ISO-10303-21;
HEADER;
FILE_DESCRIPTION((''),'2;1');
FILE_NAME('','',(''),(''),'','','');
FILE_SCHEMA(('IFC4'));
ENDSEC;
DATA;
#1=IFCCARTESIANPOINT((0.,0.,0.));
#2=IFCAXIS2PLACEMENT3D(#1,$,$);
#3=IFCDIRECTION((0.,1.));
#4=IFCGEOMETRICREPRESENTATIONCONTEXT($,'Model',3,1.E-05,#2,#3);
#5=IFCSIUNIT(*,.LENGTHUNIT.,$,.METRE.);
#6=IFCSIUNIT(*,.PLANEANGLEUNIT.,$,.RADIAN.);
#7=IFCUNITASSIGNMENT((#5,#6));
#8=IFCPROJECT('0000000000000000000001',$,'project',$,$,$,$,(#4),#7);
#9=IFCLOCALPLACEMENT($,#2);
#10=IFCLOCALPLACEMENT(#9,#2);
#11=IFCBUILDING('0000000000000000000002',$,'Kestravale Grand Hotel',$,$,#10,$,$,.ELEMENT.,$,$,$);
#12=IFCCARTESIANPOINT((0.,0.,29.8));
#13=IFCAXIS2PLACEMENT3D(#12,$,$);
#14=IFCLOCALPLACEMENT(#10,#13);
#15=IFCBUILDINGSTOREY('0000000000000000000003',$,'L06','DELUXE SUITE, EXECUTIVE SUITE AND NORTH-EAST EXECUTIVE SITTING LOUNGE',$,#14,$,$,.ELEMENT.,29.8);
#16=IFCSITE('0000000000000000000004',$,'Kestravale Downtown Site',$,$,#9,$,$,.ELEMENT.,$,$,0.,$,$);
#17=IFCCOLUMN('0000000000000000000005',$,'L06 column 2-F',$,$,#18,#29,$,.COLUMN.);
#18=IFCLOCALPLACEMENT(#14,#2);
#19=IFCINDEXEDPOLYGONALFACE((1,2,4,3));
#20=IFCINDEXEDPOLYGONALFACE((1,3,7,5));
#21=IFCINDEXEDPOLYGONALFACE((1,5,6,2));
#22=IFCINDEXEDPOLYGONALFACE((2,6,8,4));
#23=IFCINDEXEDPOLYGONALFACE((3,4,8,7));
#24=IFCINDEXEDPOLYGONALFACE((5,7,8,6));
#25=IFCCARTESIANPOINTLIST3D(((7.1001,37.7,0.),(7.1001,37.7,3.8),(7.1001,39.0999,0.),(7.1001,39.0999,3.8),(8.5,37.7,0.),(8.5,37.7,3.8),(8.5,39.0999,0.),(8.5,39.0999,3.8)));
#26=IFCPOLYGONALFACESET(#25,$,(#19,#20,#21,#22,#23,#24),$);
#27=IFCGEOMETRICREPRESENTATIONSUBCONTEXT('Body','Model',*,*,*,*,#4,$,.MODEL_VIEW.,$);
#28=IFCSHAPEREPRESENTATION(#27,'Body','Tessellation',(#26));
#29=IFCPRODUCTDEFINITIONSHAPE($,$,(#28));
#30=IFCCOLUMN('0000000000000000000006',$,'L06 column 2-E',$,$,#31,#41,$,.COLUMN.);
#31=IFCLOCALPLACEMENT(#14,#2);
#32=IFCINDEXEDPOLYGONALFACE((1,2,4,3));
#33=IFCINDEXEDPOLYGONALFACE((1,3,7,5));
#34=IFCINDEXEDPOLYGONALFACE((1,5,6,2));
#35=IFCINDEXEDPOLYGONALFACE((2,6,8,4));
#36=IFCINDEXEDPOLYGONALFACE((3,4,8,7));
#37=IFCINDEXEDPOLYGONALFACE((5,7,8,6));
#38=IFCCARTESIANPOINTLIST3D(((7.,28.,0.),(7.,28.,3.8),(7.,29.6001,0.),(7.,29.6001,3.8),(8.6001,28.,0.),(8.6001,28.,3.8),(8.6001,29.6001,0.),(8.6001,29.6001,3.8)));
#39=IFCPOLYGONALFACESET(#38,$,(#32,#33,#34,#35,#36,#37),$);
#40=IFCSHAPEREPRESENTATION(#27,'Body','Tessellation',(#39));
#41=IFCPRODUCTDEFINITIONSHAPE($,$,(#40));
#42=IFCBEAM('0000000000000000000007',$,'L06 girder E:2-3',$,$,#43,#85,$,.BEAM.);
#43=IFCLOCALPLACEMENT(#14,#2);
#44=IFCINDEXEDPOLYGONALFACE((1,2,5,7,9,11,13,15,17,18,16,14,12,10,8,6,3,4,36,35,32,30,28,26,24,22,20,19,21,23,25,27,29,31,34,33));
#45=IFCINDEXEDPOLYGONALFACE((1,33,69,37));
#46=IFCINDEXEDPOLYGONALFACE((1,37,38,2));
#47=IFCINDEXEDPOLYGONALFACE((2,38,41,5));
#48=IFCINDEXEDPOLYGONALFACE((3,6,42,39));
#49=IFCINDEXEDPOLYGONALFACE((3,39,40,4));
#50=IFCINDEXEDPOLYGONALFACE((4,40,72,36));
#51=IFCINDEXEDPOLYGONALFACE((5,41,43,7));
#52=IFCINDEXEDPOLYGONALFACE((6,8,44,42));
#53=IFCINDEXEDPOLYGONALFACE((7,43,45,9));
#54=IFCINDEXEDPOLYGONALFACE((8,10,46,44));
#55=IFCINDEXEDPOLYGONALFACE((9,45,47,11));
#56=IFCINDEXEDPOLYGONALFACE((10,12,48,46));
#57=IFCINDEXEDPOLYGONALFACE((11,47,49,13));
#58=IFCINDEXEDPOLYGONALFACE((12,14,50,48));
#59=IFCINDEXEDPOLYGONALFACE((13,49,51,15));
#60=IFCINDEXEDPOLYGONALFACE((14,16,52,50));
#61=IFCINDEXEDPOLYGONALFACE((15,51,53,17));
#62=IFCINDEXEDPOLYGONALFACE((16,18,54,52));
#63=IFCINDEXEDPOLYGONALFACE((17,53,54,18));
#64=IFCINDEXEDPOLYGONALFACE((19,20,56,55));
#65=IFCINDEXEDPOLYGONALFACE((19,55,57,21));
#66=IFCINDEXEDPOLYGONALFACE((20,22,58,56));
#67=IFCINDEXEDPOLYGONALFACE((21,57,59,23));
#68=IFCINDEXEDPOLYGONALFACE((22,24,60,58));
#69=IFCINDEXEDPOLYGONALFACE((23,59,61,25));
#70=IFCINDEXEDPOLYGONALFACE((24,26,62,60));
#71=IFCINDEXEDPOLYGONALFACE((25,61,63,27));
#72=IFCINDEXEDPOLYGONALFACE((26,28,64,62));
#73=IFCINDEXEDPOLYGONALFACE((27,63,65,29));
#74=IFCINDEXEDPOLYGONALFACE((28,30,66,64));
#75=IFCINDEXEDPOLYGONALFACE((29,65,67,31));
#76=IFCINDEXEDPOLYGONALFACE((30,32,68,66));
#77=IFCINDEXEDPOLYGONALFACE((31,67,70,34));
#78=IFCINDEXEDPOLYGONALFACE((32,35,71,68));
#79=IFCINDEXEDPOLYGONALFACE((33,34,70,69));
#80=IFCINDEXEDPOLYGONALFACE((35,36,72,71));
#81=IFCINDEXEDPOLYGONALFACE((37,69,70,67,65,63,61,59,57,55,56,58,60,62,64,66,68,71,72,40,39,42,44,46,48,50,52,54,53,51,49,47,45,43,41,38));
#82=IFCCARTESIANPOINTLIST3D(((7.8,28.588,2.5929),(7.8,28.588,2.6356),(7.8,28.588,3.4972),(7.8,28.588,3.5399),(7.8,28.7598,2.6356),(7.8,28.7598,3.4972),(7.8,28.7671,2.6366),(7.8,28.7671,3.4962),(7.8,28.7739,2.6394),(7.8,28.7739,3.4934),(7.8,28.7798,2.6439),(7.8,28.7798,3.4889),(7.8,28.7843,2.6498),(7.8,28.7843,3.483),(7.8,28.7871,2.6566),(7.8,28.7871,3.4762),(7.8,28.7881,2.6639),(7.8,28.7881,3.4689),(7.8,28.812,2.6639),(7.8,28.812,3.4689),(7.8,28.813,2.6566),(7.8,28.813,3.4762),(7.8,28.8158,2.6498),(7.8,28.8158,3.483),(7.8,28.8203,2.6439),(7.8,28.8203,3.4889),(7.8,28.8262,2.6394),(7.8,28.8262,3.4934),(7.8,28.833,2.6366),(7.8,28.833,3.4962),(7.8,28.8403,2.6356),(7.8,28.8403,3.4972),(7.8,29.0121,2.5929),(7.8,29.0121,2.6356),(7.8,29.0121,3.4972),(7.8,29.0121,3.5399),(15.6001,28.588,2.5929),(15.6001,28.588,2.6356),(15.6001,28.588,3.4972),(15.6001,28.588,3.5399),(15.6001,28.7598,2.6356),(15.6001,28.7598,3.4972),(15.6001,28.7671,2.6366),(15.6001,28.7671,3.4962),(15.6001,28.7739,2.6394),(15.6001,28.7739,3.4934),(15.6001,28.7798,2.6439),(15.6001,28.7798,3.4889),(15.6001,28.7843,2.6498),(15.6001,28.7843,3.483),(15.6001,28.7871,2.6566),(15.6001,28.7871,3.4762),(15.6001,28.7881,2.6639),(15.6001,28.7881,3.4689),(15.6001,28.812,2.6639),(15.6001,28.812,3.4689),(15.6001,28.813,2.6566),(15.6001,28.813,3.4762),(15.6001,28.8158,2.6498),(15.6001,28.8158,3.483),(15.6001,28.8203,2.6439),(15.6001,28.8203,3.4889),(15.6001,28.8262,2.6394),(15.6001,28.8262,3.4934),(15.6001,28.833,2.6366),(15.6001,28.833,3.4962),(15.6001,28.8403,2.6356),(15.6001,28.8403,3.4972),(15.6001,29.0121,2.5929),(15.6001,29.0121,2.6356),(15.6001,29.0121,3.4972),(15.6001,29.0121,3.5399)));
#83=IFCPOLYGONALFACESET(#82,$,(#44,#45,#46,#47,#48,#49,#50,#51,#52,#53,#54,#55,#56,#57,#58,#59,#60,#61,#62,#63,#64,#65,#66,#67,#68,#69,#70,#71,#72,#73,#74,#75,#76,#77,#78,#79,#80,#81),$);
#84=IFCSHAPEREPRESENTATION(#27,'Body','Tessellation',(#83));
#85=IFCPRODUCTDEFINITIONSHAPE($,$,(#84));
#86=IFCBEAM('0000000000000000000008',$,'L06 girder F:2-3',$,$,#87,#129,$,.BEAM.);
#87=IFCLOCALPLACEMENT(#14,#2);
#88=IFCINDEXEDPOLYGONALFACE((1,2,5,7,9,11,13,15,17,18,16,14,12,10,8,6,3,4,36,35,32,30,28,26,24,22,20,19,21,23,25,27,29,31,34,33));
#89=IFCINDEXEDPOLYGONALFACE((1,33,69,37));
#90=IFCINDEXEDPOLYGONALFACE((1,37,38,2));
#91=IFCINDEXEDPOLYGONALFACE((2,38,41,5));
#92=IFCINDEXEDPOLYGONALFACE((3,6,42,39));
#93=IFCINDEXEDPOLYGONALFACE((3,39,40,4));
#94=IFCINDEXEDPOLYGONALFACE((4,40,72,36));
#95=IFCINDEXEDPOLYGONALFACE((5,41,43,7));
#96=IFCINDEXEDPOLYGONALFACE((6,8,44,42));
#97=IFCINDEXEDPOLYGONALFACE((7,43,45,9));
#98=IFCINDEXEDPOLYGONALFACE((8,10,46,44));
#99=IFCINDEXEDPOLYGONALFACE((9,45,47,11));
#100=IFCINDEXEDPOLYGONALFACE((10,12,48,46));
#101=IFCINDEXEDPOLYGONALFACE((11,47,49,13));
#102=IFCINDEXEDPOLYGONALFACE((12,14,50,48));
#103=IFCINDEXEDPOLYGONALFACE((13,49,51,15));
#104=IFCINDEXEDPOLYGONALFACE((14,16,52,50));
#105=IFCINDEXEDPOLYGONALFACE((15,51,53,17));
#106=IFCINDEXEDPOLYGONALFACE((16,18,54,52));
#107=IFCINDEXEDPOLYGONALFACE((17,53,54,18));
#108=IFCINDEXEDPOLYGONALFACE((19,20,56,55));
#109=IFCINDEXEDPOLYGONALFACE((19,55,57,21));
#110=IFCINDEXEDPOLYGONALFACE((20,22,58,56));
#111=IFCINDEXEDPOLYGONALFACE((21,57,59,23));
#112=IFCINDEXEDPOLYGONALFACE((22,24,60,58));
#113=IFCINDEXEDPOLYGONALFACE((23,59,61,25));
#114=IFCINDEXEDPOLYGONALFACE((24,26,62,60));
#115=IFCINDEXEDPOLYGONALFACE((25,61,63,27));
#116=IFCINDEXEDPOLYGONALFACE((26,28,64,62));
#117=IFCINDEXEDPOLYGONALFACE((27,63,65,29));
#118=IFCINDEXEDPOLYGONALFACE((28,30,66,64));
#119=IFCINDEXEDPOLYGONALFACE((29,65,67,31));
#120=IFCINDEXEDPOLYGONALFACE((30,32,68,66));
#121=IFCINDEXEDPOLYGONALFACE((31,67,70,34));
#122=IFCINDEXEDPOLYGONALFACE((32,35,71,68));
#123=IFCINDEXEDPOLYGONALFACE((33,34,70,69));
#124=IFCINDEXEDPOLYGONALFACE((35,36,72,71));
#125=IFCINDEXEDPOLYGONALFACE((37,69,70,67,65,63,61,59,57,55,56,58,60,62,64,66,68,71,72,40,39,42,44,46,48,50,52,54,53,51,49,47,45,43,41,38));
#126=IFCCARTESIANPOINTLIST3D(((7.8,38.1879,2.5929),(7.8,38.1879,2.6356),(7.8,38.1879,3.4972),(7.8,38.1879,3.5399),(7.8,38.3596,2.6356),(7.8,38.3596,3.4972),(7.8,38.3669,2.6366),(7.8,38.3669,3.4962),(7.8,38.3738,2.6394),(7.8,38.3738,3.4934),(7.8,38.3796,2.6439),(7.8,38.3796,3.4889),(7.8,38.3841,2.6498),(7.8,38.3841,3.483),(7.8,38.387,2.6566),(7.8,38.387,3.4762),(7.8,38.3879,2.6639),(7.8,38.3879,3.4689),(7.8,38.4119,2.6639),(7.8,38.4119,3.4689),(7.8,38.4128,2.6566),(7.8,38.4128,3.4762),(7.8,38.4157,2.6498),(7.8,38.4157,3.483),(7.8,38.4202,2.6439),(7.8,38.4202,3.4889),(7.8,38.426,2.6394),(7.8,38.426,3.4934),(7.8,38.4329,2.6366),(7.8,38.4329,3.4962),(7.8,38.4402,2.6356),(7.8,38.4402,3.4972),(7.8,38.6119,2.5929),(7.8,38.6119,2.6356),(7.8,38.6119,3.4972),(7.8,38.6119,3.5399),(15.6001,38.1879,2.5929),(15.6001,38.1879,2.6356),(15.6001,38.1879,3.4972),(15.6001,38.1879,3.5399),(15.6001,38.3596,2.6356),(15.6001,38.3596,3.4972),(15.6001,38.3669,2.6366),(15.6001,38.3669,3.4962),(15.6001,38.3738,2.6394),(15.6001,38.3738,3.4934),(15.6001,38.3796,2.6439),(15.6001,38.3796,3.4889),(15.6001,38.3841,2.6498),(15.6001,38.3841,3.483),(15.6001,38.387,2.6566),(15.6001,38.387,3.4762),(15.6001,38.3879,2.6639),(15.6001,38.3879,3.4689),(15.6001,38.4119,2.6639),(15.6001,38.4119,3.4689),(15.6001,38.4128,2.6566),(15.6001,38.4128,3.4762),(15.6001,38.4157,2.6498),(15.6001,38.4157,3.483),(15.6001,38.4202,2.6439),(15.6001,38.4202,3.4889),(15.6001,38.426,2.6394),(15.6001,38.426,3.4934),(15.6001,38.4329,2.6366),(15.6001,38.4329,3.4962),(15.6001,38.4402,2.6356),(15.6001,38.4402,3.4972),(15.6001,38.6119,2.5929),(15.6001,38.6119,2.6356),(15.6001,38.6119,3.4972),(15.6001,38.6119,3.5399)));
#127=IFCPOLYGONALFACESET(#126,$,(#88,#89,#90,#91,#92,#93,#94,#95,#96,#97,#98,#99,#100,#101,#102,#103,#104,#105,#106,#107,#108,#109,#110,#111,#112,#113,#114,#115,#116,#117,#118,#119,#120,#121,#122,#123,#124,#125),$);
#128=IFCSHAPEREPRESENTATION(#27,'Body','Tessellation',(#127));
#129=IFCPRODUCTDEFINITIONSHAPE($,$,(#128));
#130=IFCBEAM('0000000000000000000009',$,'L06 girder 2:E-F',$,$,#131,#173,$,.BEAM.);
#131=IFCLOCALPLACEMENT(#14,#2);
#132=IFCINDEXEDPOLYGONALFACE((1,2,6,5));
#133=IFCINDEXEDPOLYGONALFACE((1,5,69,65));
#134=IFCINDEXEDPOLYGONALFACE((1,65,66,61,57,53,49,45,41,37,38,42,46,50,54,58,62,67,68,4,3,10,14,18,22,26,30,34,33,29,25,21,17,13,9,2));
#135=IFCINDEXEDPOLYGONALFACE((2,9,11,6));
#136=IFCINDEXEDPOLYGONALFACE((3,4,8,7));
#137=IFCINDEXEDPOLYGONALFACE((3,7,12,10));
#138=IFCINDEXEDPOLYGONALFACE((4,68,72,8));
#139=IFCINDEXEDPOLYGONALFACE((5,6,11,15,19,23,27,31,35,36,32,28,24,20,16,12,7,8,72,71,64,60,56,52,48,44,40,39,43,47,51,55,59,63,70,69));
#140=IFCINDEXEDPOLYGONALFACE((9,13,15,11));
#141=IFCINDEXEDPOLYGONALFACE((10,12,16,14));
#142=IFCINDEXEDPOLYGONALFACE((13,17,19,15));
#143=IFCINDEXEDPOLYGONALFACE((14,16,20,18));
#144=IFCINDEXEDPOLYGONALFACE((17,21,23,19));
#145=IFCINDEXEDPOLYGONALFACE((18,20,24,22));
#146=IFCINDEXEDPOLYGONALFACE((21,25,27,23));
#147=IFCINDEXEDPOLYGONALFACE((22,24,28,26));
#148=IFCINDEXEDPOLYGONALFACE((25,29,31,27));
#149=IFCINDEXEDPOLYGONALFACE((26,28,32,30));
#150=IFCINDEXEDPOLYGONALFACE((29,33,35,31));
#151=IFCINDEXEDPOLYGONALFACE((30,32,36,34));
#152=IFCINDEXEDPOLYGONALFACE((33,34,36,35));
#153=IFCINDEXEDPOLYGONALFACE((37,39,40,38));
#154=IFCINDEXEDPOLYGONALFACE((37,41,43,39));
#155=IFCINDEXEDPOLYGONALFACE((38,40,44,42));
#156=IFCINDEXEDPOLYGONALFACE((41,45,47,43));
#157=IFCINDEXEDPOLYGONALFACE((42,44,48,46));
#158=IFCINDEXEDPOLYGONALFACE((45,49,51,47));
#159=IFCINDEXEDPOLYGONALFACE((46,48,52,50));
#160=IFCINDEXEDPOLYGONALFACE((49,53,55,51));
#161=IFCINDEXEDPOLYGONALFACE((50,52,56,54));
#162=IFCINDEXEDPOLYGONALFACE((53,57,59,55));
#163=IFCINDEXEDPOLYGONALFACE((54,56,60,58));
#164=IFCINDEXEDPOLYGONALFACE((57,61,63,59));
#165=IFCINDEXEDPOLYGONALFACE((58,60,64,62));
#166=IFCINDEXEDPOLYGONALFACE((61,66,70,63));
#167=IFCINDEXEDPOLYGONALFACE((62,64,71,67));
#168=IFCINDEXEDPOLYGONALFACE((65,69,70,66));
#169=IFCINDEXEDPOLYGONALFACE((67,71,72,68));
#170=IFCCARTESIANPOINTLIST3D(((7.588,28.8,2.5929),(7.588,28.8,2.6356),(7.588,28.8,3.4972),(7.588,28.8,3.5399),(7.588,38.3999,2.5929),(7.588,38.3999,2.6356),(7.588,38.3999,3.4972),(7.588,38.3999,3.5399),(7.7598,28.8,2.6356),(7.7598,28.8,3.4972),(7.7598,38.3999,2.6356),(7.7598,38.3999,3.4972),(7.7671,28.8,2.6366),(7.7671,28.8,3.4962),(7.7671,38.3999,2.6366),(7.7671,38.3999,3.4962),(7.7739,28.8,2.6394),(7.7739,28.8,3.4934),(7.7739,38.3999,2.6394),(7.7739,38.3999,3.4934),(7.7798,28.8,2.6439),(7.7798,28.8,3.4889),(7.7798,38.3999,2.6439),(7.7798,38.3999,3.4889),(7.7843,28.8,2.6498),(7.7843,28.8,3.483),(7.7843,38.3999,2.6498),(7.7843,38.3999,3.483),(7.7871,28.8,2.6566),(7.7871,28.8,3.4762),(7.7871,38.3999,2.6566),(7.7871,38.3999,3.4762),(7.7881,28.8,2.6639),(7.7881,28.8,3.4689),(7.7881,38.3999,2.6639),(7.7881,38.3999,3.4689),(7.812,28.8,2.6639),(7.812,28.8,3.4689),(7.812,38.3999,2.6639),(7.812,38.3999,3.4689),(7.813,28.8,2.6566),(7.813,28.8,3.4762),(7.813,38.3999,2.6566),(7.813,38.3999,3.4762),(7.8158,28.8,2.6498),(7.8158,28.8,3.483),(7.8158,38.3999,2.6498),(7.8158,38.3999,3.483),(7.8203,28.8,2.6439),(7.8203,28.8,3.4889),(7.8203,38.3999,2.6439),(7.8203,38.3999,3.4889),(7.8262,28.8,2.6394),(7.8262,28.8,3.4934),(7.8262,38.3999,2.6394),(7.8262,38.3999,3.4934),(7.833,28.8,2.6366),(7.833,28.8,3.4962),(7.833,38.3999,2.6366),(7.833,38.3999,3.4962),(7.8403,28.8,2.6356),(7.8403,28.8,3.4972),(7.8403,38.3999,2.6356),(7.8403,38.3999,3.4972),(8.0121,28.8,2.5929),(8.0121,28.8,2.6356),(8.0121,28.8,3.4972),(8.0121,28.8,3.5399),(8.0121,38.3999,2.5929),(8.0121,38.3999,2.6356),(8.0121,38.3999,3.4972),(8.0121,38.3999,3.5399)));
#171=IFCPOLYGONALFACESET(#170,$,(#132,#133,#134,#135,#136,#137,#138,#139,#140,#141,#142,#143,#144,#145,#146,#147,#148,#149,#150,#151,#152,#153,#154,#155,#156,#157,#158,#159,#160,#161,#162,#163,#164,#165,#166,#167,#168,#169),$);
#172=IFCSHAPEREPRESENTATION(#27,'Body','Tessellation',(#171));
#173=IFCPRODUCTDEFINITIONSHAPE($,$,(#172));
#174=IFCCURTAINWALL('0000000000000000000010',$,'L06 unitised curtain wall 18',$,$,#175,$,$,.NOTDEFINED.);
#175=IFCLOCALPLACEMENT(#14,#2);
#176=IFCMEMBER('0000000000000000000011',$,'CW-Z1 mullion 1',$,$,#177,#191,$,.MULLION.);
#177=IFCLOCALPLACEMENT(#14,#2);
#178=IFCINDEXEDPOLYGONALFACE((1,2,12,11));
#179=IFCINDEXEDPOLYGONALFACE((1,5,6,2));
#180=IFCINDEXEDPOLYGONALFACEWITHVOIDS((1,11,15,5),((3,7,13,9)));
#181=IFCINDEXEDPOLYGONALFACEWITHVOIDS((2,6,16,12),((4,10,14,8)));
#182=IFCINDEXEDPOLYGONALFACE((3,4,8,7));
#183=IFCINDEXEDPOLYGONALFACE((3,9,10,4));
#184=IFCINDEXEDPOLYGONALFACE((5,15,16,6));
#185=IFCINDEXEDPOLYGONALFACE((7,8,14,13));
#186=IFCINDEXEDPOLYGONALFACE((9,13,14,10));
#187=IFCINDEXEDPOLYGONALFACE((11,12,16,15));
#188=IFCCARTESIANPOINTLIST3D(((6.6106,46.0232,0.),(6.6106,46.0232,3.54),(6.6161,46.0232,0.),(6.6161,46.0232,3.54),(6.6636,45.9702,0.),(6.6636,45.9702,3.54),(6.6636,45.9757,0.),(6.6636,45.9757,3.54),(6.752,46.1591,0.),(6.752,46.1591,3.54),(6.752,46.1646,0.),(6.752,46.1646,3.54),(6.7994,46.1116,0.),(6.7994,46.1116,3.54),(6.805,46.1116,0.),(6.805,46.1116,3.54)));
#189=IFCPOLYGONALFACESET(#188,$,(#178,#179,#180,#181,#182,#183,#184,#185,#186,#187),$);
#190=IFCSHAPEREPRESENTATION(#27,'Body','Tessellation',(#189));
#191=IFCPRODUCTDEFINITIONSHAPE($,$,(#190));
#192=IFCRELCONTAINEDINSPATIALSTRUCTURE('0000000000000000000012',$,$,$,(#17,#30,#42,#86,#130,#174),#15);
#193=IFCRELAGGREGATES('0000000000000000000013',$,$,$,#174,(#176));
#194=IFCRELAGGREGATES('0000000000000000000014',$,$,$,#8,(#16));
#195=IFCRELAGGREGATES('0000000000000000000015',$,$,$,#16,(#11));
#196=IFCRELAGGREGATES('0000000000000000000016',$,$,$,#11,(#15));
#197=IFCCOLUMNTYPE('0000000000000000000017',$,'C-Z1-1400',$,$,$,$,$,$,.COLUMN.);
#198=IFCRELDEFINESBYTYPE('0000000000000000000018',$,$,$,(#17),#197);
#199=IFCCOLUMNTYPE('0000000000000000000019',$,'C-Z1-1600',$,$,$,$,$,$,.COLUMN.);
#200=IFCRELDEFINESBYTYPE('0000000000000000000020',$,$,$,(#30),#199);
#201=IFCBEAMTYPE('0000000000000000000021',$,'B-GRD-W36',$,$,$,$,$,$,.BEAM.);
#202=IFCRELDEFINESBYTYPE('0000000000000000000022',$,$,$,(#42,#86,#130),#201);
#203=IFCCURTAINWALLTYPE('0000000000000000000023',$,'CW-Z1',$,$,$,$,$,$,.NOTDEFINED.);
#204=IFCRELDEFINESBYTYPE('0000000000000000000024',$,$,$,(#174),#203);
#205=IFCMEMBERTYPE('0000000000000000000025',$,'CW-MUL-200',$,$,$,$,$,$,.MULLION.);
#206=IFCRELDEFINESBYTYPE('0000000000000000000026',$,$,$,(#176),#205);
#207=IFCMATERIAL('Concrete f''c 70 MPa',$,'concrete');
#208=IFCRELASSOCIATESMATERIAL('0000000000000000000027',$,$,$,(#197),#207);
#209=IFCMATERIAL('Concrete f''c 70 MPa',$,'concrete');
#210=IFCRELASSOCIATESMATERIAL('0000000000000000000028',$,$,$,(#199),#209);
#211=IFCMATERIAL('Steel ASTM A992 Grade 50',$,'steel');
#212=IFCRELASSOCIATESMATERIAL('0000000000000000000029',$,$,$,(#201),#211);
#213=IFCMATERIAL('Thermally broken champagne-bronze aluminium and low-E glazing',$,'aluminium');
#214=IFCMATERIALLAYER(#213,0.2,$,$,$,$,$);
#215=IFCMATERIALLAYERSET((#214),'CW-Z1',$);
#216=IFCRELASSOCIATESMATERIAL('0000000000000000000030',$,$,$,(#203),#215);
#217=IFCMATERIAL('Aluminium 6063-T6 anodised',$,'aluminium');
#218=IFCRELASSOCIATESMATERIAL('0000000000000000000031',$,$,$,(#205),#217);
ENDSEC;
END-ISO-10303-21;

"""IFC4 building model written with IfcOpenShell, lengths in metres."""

from ifc_helpers import new_model, si_unit, direction, frame, origin, origin_2d, place, context, subcontext, project, spatial, rectangle, hollow_rectangle, i_section, extrude, material, layer, layer_set, material_profile, profile_set, type_object, element, aggregate, save


model = new_model("IFC4")

# Units and contexts
model_context = context("Model", 3, precision=1e-05, world=origin(), true_north=direction((0.0, 1.0)))
body_context = subcontext(model_context, "Body", "Model", "MODEL_VIEW")
ifc_project = project(units=[si_unit("LENGTHUNIT", "METRE"), si_unit("PLANEANGLEUNIT", "RADIAN")], contexts=[model_context])

# Site, building, storey
site_placement = place(None, origin())
site = spatial("IfcSite", under=ifc_project, at=site_placement, Name="Kestravale Downtown Site", CompositionType="ELEMENT", RefElevation=0.0)
building_placement = place(site_placement, origin())
building = spatial("IfcBuilding", under=site, at=building_placement, Name="Kestravale Grand Hotel", CompositionType="ELEMENT")
storey_placement = place(building_placement, frame((0.0, 0.0, 29.8)))
storey = spatial("IfcBuildingStorey", under=building, at=storey_placement, Name="L06", Description="DELUXE SUITE, EXECUTIVE SUITE AND NORTH-EAST EXECUTIVE SITTING LOUNGE", CompositionType="ELEMENT", Elevation=29.8)

# Columns
ifc_material_1 = material(Name="Concrete f'c 70 MPa", Category="concrete")
ifc_material_profile_1 = material_profile(ifc_material_1, rectangle(XDim=1.3999, YDim=1.3999, at=origin_2d()))
ifc_profile_set_1 = profile_set([ifc_material_profile_1], Name="Concrete f'c 70 MPa")
column_type_1 = type_object("IfcColumnType", Name="C-Z1-1400", PredefinedType="COLUMN", material=ifc_profile_set_1)
column_1_placement = place(storey_placement, frame((7.8, 38.3999, 0.0), z_axis=(0.0, 0.0, 1.0), x_axis=(1.0, 0.0, 0.0)))
element("IfcColumn", 1, at=column_1_placement, inside=storey, type_object=column_type_1, Name="L06 column 2-F", PredefinedType="COLUMN", context=body_context, shape_type="SweptSolid", body=[
    extrude(rectangle(XDim=1.3999, YDim=1.3999, at=origin_2d()), origin(), (0.0, 0.0, 1.0), 3.8),
])
ifc_material_2 = material(Name="Concrete f'c 70 MPa", Category="concrete")
ifc_material_profile_2 = material_profile(ifc_material_2, rectangle(XDim=1.6001, YDim=1.6001, at=origin_2d()))
ifc_profile_set_2 = profile_set([ifc_material_profile_2], Name="Concrete f'c 70 MPa")
column_type_2 = type_object("IfcColumnType", Name="C-Z1-1600", PredefinedType="COLUMN", material=ifc_profile_set_2)
column_2_placement = place(storey_placement, frame((7.8, 28.8, 0.0), z_axis=(0.0, 0.0, 1.0), x_axis=(1.0, 0.0, 0.0)))
element("IfcColumn", 2, at=column_2_placement, inside=storey, type_object=column_type_2, Name="L06 column 2-E", PredefinedType="COLUMN", context=body_context, shape_type="SweptSolid", body=[
    extrude(rectangle(XDim=1.6001, YDim=1.6001, at=origin_2d()), origin(), (0.0, 0.0, 1.0), 3.8),
])

# Beams
ifc_material_3 = material(Name="Steel ASTM A992 Grade 50", Category="steel")
ifc_material_profile_3 = material_profile(ifc_material_3, i_section(OverallWidth=0.4241, OverallDepth=0.947, WebThickness=0.0239, FlangeThickness=0.0427, FilletRadius=0.0283, at=origin_2d()))
ifc_profile_set_3 = profile_set([ifc_material_profile_3], Name="Steel ASTM A992 Grade 50")
beam_type = type_object("IfcBeamType", Name="B-GRD-W36", PredefinedType="BEAM", material=ifc_profile_set_3)
for number, where, z_axis, x_axis, name in (
    (3, (7.8, 28.8, 3.0664), (1.0, 0.0, 0.0), (0.0, 1.0, 0.0), "L06 girder E:2-3"),
    (4, (7.8, 38.3999, 3.0664), (1.0, 0.0, 0.0), (0.0, 1.0, 0.0), "L06 girder F:2-3"),
):
    element("IfcBeam", number, at=place(storey_placement, frame(where, z_axis=z_axis, x_axis=x_axis)), inside=storey, type_object=beam_type, Name=name, PredefinedType="BEAM", context=body_context, shape_type="SweptSolid", body=[
        extrude(i_section(OverallWidth=0.4241, OverallDepth=0.947, WebThickness=0.0239, FlangeThickness=0.0427, FilletRadius=0.0283, at=origin_2d()), origin(), (0.0, 0.0, 1.0), 7.8),
    ])
beam_placement = place(storey_placement, frame((7.8, 28.8, 3.0664), z_axis=(0.0, 1.0, 0.0), x_axis=(-1.0, 0.0, 0.0)))
element("IfcBeam", 5, at=beam_placement, inside=storey, type_object=beam_type, Name="L06 girder 2:E-F", PredefinedType="BEAM", context=body_context, shape_type="SweptSolid", body=[
    extrude(i_section(OverallWidth=0.4241, OverallDepth=0.947, WebThickness=0.0239, FlangeThickness=0.0427, FilletRadius=0.0283, at=origin_2d()), origin(), (0.0, 0.0, 1.0), 9.5999),
])

# Curtain wall, member
ifc_material_4 = material(Name="Thermally broken champagne-bronze aluminium and low-E glazing", Category="aluminium")
ifc_layer_1 = layer(ifc_material_4, 0.2)
ifc_layer_set_1 = layer_set([ifc_layer_1], Name="CW-Z1")
curtain_wall_type = type_object("IfcCurtainWallType", Name="CW-Z1", PredefinedType="NOTDEFINED", material=ifc_layer_set_1)
curtain_wall_placement = place(storey_placement, origin())
curtain_wall = element("IfcCurtainWall", 6, at=curtain_wall_placement, inside=storey, type_object=curtain_wall_type, Name="L06 unitised curtain wall 18", PredefinedType="NOTDEFINED")
ifc_material_5 = material(Name="Aluminium 6063-T6 anodised", Category="aluminium")
ifc_material_profile_4 = material_profile(ifc_material_5, hollow_rectangle(XDim=0.075, YDim=0.2, WallThickness=0.0039, at=origin_2d()))
ifc_profile_set_4 = profile_set([ifc_material_profile_4], Name="Aluminium 6063-T6 anodised")
member_type_1 = type_object("IfcMemberType", Name="CW-MUL-200", PredefinedType="MULLION", material=ifc_profile_set_4)
member_1_placement = place(storey_placement, frame((6.7078, 46.0674, 0.0), z_axis=(0.0, 0.0, 1.0), x_axis=(0.707107, -0.707107, 0.0)))
member_1 = element("IfcMember", 7, at=member_1_placement, type_object=member_type_1, Name="CW-Z1 mullion 1", PredefinedType="MULLION", context=body_context, shape_type="SweptSolid", body=[
    extrude(hollow_rectangle(XDim=0.075, YDim=0.2, WallThickness=0.0039, at=origin_2d()), origin(), (0.0, 0.0, 1.0), 3.54),
])
aggregate(curtain_wall, [member_1])

save(model, "model.ifc")
